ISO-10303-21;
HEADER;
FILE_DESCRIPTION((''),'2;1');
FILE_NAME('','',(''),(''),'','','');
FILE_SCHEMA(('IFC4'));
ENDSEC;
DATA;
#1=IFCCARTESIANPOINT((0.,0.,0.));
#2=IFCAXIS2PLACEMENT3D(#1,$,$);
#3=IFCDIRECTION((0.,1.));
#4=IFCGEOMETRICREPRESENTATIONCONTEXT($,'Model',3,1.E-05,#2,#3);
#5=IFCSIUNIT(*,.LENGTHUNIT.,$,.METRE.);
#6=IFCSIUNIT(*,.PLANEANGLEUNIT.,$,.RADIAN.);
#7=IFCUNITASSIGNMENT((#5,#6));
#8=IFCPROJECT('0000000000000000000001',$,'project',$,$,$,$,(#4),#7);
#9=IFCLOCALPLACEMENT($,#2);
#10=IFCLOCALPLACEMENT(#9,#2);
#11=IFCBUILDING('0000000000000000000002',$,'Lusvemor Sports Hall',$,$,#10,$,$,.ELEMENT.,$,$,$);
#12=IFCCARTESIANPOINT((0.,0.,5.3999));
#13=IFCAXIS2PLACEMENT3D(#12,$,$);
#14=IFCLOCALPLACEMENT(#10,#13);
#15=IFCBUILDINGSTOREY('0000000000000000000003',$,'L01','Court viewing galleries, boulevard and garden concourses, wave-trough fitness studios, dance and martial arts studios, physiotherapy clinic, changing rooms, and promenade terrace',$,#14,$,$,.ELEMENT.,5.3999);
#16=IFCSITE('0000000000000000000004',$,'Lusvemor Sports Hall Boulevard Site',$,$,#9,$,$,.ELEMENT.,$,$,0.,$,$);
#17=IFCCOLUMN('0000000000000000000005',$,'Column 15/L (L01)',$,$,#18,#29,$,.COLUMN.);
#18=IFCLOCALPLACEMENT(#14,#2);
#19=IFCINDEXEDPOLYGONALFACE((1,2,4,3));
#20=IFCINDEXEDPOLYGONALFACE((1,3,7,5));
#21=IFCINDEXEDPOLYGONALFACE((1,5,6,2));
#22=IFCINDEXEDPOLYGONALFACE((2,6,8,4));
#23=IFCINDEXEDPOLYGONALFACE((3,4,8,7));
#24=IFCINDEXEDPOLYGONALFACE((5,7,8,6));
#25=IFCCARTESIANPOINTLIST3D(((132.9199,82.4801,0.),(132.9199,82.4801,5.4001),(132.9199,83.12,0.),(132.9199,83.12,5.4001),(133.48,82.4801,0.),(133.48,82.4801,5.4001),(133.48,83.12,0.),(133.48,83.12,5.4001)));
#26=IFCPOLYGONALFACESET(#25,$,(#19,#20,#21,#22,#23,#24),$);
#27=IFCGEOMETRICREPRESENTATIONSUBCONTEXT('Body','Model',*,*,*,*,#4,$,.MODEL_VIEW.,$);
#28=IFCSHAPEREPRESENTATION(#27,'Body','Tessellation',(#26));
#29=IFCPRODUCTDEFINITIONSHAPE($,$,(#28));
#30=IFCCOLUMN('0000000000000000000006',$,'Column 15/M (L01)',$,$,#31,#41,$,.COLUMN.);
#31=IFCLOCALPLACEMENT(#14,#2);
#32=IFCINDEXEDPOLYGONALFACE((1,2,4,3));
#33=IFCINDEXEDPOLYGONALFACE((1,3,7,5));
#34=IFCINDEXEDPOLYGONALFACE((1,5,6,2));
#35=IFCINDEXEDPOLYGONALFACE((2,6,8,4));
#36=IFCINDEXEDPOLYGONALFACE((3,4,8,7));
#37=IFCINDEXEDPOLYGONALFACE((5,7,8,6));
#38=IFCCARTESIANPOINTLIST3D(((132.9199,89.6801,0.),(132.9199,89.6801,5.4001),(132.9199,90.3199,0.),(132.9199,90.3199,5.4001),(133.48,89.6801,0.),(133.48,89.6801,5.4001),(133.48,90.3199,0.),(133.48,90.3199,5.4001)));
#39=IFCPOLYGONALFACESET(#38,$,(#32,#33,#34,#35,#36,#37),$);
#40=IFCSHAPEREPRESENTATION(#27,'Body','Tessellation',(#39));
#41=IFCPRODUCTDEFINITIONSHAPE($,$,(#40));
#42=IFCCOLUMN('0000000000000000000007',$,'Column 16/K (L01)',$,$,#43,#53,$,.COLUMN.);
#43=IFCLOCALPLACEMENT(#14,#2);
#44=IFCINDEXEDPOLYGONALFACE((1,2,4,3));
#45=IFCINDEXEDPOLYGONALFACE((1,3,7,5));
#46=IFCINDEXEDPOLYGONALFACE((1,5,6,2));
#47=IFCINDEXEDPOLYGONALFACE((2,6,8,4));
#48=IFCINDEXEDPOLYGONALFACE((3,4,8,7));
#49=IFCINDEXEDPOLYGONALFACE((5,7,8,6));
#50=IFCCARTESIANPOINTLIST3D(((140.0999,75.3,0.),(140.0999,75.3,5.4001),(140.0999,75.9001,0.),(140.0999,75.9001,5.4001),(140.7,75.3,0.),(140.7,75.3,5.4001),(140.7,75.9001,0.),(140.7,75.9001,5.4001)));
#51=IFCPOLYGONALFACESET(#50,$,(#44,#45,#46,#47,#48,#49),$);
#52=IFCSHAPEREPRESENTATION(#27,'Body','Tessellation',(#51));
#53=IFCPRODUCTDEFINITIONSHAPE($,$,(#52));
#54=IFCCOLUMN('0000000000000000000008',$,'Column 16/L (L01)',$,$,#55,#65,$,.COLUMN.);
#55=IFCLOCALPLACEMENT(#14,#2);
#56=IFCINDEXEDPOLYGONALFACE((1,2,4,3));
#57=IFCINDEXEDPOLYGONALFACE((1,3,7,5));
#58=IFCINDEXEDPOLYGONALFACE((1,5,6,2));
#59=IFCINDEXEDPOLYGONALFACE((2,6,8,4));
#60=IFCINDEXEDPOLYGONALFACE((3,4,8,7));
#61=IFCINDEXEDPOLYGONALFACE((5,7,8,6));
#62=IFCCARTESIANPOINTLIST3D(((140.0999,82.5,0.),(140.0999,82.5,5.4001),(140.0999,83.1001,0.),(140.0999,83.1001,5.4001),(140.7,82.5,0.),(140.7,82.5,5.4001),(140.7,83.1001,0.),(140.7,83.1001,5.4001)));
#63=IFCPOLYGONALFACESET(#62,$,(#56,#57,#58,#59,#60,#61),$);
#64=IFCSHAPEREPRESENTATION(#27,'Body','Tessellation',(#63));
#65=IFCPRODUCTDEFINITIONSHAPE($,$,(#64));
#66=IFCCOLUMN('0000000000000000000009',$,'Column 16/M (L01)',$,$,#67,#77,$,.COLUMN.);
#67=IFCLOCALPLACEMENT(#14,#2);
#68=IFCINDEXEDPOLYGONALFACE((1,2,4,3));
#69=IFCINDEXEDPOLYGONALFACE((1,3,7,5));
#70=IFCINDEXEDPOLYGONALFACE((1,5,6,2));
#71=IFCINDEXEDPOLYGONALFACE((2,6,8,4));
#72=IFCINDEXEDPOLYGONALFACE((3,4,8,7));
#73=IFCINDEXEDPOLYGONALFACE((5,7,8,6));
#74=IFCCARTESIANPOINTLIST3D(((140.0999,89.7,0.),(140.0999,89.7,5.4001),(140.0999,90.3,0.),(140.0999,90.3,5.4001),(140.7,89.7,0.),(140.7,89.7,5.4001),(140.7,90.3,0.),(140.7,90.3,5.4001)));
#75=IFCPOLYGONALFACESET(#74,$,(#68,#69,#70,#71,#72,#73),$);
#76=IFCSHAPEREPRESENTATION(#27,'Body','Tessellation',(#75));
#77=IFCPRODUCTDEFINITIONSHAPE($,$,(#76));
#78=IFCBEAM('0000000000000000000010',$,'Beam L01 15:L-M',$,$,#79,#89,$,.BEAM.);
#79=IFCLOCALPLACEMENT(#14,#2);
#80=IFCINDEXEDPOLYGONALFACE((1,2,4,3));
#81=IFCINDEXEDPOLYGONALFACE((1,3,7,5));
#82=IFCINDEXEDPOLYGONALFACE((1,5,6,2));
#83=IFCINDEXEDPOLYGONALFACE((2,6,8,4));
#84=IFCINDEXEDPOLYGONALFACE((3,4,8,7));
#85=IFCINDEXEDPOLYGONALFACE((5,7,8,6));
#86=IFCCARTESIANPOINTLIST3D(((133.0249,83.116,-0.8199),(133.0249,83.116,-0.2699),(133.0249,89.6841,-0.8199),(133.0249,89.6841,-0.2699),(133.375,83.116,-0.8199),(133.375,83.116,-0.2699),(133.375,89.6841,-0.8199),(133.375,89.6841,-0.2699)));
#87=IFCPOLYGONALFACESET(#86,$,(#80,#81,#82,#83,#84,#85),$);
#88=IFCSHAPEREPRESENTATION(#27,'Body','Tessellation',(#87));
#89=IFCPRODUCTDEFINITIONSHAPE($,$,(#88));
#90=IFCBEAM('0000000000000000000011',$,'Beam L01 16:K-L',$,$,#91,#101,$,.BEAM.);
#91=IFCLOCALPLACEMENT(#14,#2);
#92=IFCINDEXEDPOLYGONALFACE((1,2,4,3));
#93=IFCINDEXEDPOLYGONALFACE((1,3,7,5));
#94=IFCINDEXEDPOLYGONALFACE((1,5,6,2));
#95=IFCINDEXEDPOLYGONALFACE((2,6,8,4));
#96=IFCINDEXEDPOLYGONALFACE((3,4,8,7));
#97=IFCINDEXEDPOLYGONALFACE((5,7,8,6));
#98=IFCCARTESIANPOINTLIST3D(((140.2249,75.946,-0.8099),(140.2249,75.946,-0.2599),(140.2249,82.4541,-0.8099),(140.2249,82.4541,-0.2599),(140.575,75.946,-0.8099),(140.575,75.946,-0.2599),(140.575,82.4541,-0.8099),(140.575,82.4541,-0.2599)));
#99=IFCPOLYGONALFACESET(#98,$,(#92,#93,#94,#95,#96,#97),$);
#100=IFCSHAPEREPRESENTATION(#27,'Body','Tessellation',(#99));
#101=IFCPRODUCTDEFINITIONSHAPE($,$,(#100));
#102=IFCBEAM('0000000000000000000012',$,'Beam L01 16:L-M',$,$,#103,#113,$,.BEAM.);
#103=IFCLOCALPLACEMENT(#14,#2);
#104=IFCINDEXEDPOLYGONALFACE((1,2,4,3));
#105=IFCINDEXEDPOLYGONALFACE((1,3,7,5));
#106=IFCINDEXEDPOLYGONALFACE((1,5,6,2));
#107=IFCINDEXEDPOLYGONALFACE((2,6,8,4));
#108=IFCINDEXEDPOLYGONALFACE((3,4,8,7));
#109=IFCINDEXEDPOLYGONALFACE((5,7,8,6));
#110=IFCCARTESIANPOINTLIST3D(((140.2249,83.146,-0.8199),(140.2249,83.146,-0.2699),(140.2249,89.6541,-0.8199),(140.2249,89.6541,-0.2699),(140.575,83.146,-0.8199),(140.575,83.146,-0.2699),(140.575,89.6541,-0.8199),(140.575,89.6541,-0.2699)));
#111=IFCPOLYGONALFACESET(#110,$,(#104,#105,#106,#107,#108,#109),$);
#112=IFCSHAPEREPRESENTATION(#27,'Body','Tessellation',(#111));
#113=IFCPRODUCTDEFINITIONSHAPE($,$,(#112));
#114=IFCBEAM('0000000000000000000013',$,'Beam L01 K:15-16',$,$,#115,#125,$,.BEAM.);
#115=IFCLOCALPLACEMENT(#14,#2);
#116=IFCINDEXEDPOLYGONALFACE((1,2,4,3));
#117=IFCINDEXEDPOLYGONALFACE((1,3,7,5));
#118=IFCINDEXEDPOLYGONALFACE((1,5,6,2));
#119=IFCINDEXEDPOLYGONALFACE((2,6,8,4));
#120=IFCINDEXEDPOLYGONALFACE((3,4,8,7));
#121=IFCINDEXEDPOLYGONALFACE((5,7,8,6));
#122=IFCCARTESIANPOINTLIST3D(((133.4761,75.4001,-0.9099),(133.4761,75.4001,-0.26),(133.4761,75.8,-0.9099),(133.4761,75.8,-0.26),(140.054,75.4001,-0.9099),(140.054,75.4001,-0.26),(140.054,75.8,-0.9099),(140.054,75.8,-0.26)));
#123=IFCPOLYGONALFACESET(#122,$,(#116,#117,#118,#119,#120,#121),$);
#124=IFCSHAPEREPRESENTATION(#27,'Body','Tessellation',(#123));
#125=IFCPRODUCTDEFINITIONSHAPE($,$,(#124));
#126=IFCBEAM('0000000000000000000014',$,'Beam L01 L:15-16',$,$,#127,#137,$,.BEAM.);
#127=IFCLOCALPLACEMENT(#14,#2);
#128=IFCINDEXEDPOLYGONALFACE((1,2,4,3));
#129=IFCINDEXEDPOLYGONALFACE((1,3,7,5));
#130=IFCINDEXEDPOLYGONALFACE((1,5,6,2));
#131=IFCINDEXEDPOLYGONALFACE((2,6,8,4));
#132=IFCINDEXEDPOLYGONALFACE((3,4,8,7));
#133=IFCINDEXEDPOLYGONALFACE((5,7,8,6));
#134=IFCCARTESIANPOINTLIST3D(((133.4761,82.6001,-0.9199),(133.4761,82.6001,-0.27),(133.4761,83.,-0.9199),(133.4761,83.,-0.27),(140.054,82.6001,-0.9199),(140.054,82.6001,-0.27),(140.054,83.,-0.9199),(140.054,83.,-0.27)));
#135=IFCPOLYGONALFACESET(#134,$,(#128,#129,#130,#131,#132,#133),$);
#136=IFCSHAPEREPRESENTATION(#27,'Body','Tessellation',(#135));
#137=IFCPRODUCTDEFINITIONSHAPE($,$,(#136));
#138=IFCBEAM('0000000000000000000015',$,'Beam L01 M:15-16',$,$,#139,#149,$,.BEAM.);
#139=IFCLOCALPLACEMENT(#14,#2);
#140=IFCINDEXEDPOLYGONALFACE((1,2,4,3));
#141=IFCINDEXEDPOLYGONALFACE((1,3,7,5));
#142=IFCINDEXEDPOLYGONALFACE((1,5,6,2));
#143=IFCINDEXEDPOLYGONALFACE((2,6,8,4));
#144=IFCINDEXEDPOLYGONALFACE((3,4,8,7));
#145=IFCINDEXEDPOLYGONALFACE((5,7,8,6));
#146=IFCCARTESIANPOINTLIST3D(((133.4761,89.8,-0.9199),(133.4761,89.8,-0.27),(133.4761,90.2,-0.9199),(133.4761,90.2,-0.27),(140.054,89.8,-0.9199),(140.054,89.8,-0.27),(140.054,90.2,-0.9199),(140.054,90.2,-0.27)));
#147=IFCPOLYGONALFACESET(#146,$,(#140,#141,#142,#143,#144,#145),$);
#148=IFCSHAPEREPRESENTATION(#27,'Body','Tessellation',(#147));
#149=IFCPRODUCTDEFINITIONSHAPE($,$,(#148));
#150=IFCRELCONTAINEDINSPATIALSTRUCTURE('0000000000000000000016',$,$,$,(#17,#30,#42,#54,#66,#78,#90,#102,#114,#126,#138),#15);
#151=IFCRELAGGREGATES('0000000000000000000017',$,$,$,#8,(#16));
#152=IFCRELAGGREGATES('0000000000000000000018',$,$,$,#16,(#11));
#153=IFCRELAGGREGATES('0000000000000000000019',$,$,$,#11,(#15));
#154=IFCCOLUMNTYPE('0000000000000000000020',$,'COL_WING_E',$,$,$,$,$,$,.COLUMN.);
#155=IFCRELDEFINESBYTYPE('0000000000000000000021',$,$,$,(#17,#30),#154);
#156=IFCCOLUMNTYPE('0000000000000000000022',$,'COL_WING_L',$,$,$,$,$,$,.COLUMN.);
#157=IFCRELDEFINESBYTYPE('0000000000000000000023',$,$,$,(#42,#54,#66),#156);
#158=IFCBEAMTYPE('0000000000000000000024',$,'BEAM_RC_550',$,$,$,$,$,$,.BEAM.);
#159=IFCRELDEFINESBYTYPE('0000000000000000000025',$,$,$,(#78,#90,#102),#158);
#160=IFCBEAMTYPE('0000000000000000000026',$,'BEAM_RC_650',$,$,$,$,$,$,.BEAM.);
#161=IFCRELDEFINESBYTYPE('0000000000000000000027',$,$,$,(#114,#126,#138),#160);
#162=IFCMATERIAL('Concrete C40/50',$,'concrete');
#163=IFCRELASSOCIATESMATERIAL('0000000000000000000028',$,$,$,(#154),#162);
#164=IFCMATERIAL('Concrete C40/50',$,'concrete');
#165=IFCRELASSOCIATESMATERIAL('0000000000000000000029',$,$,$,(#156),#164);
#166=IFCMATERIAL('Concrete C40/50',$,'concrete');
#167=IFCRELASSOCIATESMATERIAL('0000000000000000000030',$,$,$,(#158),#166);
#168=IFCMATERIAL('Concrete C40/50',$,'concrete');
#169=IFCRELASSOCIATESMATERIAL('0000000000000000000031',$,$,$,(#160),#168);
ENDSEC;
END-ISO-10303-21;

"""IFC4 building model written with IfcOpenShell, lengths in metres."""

from ifc_helpers import new_model, si_unit, direction, frame, origin, origin_2d, place, context, subcontext, project, spatial, rectangle, extrude, material, material_profile, profile_set, type_object, element, save


model = new_model("IFC4")

# Units and contexts
model_context = context("Model", 3, precision=1e-05, world=origin(), true_north=direction((0.0, 1.0)))
body_context = subcontext(model_context, "Body", "Model", "MODEL_VIEW")
ifc_project = project(units=[si_unit("LENGTHUNIT", "METRE"), si_unit("PLANEANGLEUNIT", "RADIAN")], contexts=[model_context])

# Site, building, storey
site_placement = place(None, origin())
site = spatial("IfcSite", under=ifc_project, at=site_placement, Name="Lusvemor Sports Hall Boulevard Site", CompositionType="ELEMENT", RefElevation=0.0)
building_placement = place(site_placement, origin())
building = spatial("IfcBuilding", under=site, at=building_placement, Name="Lusvemor Sports Hall", CompositionType="ELEMENT")
storey_placement = place(building_placement, frame((0.0, 0.0, 5.3999)))
storey = spatial("IfcBuildingStorey", under=building, at=storey_placement, Name="L01", Description="Court viewing galleries, boulevard and garden concourses, wave-trough fitness studios, dance and martial arts studios, physiotherapy clinic, changing rooms, and promenade terrace", CompositionType="ELEMENT", Elevation=5.3999)

# Columns
ifc_material_1 = material(Name="Concrete C40/50", Category="concrete")
ifc_material_profile_1 = material_profile(ifc_material_1, rectangle(XDim=0.5601, YDim=0.6399, at=origin_2d()), Name="RC560x640")
ifc_profile_set_1 = profile_set([ifc_material_profile_1], Name="Concrete C40/50")
column_type_1 = type_object("IfcColumnType", Name="COL_WING_E", PredefinedType="COLUMN", material=ifc_profile_set_1)
for number, where, z_axis, x_axis, name in (
    (1, (133.2, 82.8, 0.0), (0.0, 0.0, 1.0), (1.0, 0.0, 0.0), "Column 15/L (L01)"),
    (2, (133.2, 90.0, 0.0), (0.0, 0.0, 1.0), (1.0, 0.0, 0.0), "Column 15/M (L01)"),
):
    element("IfcColumn", number, at=place(storey_placement, frame(where, z_axis=z_axis, x_axis=x_axis)), inside=storey, type_object=column_type_1, Name=name, PredefinedType="COLUMN", context=body_context, shape_type="SweptSolid", body=[
        extrude(rectangle(XDim=0.5601, YDim=0.6399, at=origin_2d()), origin(), (0.0, 0.0, 1.0), 5.4001),
    ])
ifc_material_2 = material(Name="Concrete C40/50", Category="concrete")
ifc_material_profile_2 = material_profile(ifc_material_2, rectangle(XDim=0.6001, YDim=0.6001, at=origin_2d()), Name="RC600x600")
ifc_profile_set_2 = profile_set([ifc_material_profile_2], Name="Concrete C40/50")
column_type_2 = type_object("IfcColumnType", Name="COL_WING_L", PredefinedType="COLUMN", material=ifc_profile_set_2)
for number, where, z_axis, x_axis, name in (
    (3, (140.3999, 75.6001, 0.0), (0.0, 0.0, 1.0), (1.0, 0.0, 0.0), "Column 16/K (L01)"),
    (4, (140.3999, 82.8, 0.0), (0.0, 0.0, 1.0), (1.0, 0.0, 0.0), "Column 16/L (L01)"),
    (5, (140.3999, 90.0, 0.0), (0.0, 0.0, 1.0), (1.0, 0.0, 0.0), "Column 16/M (L01)"),
):
    element("IfcColumn", number, at=place(storey_placement, frame(where, z_axis=z_axis, x_axis=x_axis)), inside=storey, type_object=column_type_2, Name=name, PredefinedType="COLUMN", context=body_context, shape_type="SweptSolid", body=[
        extrude(rectangle(XDim=0.6001, YDim=0.6001, at=origin_2d()), origin(), (0.0, 0.0, 1.0), 5.4001),
    ])

# Beams
ifc_material_3 = material(Name="Concrete C40/50", Category="concrete")
ifc_material_profile_3 = material_profile(ifc_material_3, rectangle(XDim=0.3501, YDim=0.55, at=origin_2d()), Name="RC350x550")
ifc_profile_set_3 = profile_set([ifc_material_profile_3], Name="Concrete C40/50")
beam_type_1 = type_object("IfcBeamType", Name="BEAM_RC_550", PredefinedType="BEAM", material=ifc_profile_set_3)
beam_1_placement = place(storey_placement, frame((133.2, 83.116, -0.5449), z_axis=(0.0, 1.0, 0.0), x_axis=(-1.0, 0.0, 0.0)))
element("IfcBeam", 6, at=beam_1_placement, inside=storey, type_object=beam_type_1, Name="Beam L01 15:L-M", PredefinedType="BEAM", context=body_context, shape_type="SweptSolid", body=[
    extrude(rectangle(XDim=0.3501, YDim=0.55, at=origin_2d()), origin(), (0.0, 0.0, 1.0), 6.5681),
])
for number, where, z_axis, x_axis, name in (
    (7, (140.3999, 75.946, -0.5349), (0.0, 1.0, 0.0), (-1.0, 0.0, 0.0), "Beam L01 16:K-L"),
    (8, (140.3999, 83.146, -0.5449), (0.0, 1.0, 0.0), (-1.0, 0.0, 0.0), "Beam L01 16:L-M"),
):
    element("IfcBeam", number, at=place(storey_placement, frame(where, z_axis=z_axis, x_axis=x_axis)), inside=storey, type_object=beam_type_1, Name=name, PredefinedType="BEAM", context=body_context, shape_type="SweptSolid", body=[
        extrude(rectangle(XDim=0.3501, YDim=0.55, at=origin_2d()), origin(), (0.0, 0.0, 1.0), 6.5081),
    ])
ifc_material_4 = material(Name="Concrete C40/50", Category="concrete")
ifc_material_profile_4 = material_profile(ifc_material_4, rectangle(XDim=0.3999, YDim=0.6499, at=origin_2d()), Name="RC400x650")
ifc_profile_set_4 = profile_set([ifc_material_profile_4], Name="Concrete C40/50")
beam_type_2 = type_object("IfcBeamType", Name="BEAM_RC_650", PredefinedType="BEAM", material=ifc_profile_set_4)
for number, where, z_axis, x_axis, name in (
    (9, (133.4761, 75.6001, -0.585), (1.0, 0.0, 0.0), (0.0, 1.0, 0.0), "Beam L01 K:15-16"),
    (10, (133.4761, 82.8, -0.595), (1.0, 0.0, 0.0), (0.0, 1.0, 0.0), "Beam L01 L:15-16"),
    (11, (133.4761, 90.0, -0.595), (1.0, 0.0, 0.0), (0.0, 1.0, 0.0), "Beam L01 M:15-16"),
):
    element("IfcBeam", number, at=place(storey_placement, frame(where, z_axis=z_axis, x_axis=x_axis)), inside=storey, type_object=beam_type_2, Name=name, PredefinedType="BEAM", context=body_context, shape_type="SweptSolid", body=[
        extrude(rectangle(XDim=0.3999, YDim=0.6499, at=origin_2d()), origin(), (0.0, 0.0, 1.0), 6.5779),
    ])

save(model, "model.ifc")
